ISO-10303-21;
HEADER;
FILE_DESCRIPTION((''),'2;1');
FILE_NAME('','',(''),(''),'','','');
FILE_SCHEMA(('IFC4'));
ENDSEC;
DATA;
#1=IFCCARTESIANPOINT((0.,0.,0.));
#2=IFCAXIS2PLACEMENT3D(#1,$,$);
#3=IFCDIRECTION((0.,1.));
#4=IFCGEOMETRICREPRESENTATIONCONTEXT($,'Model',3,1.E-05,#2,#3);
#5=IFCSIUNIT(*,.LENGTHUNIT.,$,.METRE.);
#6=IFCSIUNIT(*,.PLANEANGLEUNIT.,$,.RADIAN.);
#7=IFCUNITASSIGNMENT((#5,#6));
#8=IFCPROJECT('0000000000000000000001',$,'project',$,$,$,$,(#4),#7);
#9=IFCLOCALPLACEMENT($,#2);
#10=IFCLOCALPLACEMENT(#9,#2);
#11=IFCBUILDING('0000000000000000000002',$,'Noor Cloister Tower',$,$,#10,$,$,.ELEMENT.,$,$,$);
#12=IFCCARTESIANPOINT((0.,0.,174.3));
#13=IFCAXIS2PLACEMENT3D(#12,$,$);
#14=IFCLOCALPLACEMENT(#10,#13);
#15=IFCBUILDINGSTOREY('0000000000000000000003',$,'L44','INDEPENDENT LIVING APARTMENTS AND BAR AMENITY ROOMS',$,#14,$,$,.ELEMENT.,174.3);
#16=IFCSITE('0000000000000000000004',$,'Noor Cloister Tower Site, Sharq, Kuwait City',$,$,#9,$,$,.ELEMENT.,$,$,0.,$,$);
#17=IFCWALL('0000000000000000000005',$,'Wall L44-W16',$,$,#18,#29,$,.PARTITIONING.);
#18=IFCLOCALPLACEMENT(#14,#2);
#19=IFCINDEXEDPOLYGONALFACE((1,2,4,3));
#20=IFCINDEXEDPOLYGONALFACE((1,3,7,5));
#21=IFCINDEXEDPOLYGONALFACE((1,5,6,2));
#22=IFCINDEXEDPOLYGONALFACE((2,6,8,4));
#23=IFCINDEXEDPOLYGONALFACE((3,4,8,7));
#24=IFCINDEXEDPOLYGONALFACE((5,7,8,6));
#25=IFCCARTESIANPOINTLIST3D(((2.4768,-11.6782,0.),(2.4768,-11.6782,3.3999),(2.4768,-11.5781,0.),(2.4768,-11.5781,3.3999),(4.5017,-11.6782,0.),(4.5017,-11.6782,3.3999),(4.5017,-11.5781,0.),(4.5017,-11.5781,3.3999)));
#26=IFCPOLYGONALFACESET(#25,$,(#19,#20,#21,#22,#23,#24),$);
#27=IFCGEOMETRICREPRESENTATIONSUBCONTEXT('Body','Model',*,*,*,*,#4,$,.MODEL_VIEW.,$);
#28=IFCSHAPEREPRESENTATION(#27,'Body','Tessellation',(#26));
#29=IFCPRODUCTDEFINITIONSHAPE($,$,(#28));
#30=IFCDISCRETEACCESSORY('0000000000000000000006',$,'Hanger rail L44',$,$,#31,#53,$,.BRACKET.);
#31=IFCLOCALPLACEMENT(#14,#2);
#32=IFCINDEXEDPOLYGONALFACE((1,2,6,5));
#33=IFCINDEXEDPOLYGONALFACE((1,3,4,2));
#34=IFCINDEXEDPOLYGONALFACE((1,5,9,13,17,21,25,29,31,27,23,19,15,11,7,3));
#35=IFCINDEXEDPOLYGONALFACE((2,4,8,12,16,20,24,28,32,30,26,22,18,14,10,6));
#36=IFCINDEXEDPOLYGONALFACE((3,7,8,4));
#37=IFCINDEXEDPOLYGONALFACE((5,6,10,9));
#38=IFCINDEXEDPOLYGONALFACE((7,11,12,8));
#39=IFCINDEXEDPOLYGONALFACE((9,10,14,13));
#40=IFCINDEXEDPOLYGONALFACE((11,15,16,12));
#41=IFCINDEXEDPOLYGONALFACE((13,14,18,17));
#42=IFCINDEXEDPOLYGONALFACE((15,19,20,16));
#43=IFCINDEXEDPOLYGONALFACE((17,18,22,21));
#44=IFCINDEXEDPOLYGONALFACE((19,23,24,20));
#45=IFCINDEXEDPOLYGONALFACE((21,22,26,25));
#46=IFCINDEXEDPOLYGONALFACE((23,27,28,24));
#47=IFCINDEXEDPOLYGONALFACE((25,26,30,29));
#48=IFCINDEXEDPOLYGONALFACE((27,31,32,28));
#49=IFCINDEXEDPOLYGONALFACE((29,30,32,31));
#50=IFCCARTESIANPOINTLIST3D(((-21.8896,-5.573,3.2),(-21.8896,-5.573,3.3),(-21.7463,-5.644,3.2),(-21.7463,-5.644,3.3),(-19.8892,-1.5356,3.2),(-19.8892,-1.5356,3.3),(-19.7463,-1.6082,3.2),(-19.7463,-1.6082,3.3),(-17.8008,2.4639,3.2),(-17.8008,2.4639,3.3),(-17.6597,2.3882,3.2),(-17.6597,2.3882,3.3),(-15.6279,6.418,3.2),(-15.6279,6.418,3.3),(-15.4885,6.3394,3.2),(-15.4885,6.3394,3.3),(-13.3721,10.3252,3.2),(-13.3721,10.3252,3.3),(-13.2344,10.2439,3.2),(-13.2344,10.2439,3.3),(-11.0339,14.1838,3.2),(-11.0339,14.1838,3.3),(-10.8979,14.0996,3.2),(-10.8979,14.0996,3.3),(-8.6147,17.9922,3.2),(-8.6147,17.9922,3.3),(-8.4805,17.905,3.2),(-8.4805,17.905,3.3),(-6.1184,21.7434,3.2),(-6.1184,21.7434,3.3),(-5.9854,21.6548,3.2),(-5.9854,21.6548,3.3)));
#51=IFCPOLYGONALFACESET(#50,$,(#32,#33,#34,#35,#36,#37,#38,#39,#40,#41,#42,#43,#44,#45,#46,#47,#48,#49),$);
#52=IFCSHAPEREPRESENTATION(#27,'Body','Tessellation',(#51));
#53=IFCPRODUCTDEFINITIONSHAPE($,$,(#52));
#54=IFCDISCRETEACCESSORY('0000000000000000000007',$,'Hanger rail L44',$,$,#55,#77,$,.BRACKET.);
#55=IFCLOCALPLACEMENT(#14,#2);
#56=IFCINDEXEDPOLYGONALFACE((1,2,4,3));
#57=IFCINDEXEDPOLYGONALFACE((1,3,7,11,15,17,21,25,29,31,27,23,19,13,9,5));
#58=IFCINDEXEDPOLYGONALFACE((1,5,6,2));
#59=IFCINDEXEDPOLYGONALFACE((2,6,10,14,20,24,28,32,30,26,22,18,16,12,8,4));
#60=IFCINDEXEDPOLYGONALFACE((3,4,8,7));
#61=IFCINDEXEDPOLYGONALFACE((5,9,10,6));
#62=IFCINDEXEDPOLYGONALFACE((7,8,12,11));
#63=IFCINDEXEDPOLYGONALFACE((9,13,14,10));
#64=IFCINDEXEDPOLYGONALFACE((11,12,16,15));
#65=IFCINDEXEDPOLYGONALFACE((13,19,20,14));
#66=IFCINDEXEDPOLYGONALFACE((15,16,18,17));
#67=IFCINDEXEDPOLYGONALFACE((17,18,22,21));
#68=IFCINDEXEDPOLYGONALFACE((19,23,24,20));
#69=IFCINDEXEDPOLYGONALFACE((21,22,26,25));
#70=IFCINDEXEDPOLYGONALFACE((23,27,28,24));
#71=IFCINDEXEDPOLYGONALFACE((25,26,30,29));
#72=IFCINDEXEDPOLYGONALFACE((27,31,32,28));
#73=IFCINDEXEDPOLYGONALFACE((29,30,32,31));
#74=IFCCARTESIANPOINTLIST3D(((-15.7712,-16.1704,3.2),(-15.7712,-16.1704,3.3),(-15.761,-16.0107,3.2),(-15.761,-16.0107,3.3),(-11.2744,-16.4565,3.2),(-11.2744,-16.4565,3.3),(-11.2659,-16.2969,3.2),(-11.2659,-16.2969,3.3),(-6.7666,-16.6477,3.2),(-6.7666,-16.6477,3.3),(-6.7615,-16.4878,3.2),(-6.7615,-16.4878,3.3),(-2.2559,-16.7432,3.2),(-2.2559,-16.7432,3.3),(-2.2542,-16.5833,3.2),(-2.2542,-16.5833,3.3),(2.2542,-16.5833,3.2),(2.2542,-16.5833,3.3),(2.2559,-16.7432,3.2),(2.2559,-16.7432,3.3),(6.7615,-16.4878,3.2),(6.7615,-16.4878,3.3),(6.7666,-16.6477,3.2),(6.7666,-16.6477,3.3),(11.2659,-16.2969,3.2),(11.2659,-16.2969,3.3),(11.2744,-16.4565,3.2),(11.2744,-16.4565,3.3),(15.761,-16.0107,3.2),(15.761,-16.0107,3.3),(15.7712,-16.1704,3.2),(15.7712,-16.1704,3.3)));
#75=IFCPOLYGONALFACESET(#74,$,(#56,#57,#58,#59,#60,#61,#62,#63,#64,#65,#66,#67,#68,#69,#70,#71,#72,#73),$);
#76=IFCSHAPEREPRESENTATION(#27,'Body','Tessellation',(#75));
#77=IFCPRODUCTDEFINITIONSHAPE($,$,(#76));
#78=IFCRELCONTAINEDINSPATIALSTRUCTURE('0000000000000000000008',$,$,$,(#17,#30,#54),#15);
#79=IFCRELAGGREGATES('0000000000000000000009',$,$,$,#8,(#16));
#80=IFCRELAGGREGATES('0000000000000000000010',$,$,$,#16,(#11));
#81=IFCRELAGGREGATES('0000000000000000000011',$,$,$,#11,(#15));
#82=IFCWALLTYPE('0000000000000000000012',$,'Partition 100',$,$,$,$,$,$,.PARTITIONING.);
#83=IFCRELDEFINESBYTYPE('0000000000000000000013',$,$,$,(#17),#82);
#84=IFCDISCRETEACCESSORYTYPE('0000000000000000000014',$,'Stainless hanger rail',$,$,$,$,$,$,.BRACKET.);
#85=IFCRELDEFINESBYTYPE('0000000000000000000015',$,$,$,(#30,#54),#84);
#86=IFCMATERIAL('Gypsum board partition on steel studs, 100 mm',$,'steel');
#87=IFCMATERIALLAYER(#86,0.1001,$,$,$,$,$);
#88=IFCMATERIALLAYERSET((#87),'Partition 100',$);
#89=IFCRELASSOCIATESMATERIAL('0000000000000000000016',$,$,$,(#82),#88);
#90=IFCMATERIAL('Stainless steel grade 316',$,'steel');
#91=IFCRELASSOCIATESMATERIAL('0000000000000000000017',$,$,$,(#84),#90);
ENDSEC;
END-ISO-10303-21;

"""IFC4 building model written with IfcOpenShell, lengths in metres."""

from ifc_helpers import new_model, si_unit, direction, frame, frame_2d, origin, place, context, subcontext, project, spatial, polyline, rectangle, outline, extrude, material, layer, layer_set, type_object, element, save


model = new_model("IFC4")

# Units and contexts
model_context = context("Model", 3, precision=1e-05, world=origin(), true_north=direction((0.0, 1.0)))
body_context = subcontext(model_context, "Body", "Model", "MODEL_VIEW")
ifc_project = project(units=[si_unit("LENGTHUNIT", "METRE"), si_unit("PLANEANGLEUNIT", "RADIAN")], contexts=[model_context])

# Site, building, storey
site_placement = place(None, origin())
site = spatial("IfcSite", under=ifc_project, at=site_placement, Name="Noor Cloister Tower Site, Sharq, Kuwait City", CompositionType="ELEMENT", RefElevation=0.0)
building_placement = place(site_placement, origin())
building = spatial("IfcBuilding", under=site, at=building_placement, Name="Noor Cloister Tower", CompositionType="ELEMENT")
storey_placement = place(building_placement, frame((0.0, 0.0, 174.3)))
storey = spatial("IfcBuildingStorey", under=building, at=storey_placement, Name="L44", Description="INDEPENDENT LIVING APARTMENTS AND BAR AMENITY ROOMS", CompositionType="ELEMENT", Elevation=174.3)

# Wall
ifc_material_1 = material(Name="Gypsum board partition on steel studs, 100 mm", Category="steel")
ifc_layer_1 = layer(ifc_material_1, 0.1001)
ifc_layer_set_1 = layer_set([ifc_layer_1], Name="Partition 100")
wall_type_1 = type_object("IfcWallType", Name="Partition 100", PredefinedType="PARTITIONING", material=ifc_layer_set_1)
wall_1_placement = place(storey_placement, frame((2.4768, -11.6282, 0.0), z_axis=(0.0, 0.0, 1.0), x_axis=(1.0, 0.0, 0.0)))
element("IfcWall", 1, at=wall_1_placement, inside=storey, type_object=wall_type_1, Name="Wall L44-W16", PredefinedType="PARTITIONING", context=body_context, shape_type="SweptSolid", body=[
    extrude(rectangle(XDim=2.0249, YDim=0.1001, at=frame_2d((1.0125, 0.0))), origin(), (0.0, 0.0, 1.0), 3.3999),
])

# Discrete accessories
ifc_material_2 = material(Name="Stainless steel grade 316", Category="steel")
discrete_accessory_type = type_object("IfcDiscreteAccessoryType", Name="Stainless hanger rail", PredefinedType="BRACKET", material=ifc_material_2)
discrete_accessory_1_placement = place(storey_placement, frame((0.0, 0.0, 3.2)))
element("IfcDiscreteAccessory", 2, at=discrete_accessory_1_placement, inside=storey, type_object=discrete_accessory_type, Name="Hanger rail L44", PredefinedType="BRACKET", context=body_context, shape_type="SweptSolid", body=[
    extrude(outline(polyline([(-6.1184, 21.7434), (-8.6147, 17.9922), (-11.0339, 14.1838), (-13.3721, 10.3252), (-15.6279, 6.418), (-17.8008, 2.4639), (-19.8892, -1.5356), (-21.8896, -5.573), (-21.7463, -5.644), (-19.7463, -1.6082), (-17.6597, 2.3882), (-15.4885, 6.3394), (-13.2344, 10.2439), (-10.8979, 14.0996), (-8.4805, 17.905), (-5.9854, 21.6548), (-6.1184, 21.7434)])), origin(), (0.0, 0.0, 1.0), 0.1001),
])
discrete_accessory_2_placement = place(storey_placement, frame((0.0, 0.0, 3.2)))
element("IfcDiscreteAccessory", 3, at=discrete_accessory_2_placement, inside=storey, type_object=discrete_accessory_type, Name="Hanger rail L44", PredefinedType="BRACKET", context=body_context, shape_type="SweptSolid", body=[
    extrude(outline(polyline([(-15.7712, -16.1704), (-11.2744, -16.4565), (-6.7666, -16.6477), (-2.2559, -16.7432), (2.2559, -16.7432), (6.7666, -16.6477), (11.2744, -16.4565), (15.7712, -16.1704), (15.761, -16.0107), (11.2659, -16.2969), (6.7615, -16.4878), (2.2542, -16.5833), (-2.2542, -16.5833), (-6.7615, -16.4878), (-11.2659, -16.2969), (-15.761, -16.0107), (-15.7712, -16.1704)])), origin(), (0.0, 0.0, 1.0), 0.1001),
])

save(model, "model.ifc")
